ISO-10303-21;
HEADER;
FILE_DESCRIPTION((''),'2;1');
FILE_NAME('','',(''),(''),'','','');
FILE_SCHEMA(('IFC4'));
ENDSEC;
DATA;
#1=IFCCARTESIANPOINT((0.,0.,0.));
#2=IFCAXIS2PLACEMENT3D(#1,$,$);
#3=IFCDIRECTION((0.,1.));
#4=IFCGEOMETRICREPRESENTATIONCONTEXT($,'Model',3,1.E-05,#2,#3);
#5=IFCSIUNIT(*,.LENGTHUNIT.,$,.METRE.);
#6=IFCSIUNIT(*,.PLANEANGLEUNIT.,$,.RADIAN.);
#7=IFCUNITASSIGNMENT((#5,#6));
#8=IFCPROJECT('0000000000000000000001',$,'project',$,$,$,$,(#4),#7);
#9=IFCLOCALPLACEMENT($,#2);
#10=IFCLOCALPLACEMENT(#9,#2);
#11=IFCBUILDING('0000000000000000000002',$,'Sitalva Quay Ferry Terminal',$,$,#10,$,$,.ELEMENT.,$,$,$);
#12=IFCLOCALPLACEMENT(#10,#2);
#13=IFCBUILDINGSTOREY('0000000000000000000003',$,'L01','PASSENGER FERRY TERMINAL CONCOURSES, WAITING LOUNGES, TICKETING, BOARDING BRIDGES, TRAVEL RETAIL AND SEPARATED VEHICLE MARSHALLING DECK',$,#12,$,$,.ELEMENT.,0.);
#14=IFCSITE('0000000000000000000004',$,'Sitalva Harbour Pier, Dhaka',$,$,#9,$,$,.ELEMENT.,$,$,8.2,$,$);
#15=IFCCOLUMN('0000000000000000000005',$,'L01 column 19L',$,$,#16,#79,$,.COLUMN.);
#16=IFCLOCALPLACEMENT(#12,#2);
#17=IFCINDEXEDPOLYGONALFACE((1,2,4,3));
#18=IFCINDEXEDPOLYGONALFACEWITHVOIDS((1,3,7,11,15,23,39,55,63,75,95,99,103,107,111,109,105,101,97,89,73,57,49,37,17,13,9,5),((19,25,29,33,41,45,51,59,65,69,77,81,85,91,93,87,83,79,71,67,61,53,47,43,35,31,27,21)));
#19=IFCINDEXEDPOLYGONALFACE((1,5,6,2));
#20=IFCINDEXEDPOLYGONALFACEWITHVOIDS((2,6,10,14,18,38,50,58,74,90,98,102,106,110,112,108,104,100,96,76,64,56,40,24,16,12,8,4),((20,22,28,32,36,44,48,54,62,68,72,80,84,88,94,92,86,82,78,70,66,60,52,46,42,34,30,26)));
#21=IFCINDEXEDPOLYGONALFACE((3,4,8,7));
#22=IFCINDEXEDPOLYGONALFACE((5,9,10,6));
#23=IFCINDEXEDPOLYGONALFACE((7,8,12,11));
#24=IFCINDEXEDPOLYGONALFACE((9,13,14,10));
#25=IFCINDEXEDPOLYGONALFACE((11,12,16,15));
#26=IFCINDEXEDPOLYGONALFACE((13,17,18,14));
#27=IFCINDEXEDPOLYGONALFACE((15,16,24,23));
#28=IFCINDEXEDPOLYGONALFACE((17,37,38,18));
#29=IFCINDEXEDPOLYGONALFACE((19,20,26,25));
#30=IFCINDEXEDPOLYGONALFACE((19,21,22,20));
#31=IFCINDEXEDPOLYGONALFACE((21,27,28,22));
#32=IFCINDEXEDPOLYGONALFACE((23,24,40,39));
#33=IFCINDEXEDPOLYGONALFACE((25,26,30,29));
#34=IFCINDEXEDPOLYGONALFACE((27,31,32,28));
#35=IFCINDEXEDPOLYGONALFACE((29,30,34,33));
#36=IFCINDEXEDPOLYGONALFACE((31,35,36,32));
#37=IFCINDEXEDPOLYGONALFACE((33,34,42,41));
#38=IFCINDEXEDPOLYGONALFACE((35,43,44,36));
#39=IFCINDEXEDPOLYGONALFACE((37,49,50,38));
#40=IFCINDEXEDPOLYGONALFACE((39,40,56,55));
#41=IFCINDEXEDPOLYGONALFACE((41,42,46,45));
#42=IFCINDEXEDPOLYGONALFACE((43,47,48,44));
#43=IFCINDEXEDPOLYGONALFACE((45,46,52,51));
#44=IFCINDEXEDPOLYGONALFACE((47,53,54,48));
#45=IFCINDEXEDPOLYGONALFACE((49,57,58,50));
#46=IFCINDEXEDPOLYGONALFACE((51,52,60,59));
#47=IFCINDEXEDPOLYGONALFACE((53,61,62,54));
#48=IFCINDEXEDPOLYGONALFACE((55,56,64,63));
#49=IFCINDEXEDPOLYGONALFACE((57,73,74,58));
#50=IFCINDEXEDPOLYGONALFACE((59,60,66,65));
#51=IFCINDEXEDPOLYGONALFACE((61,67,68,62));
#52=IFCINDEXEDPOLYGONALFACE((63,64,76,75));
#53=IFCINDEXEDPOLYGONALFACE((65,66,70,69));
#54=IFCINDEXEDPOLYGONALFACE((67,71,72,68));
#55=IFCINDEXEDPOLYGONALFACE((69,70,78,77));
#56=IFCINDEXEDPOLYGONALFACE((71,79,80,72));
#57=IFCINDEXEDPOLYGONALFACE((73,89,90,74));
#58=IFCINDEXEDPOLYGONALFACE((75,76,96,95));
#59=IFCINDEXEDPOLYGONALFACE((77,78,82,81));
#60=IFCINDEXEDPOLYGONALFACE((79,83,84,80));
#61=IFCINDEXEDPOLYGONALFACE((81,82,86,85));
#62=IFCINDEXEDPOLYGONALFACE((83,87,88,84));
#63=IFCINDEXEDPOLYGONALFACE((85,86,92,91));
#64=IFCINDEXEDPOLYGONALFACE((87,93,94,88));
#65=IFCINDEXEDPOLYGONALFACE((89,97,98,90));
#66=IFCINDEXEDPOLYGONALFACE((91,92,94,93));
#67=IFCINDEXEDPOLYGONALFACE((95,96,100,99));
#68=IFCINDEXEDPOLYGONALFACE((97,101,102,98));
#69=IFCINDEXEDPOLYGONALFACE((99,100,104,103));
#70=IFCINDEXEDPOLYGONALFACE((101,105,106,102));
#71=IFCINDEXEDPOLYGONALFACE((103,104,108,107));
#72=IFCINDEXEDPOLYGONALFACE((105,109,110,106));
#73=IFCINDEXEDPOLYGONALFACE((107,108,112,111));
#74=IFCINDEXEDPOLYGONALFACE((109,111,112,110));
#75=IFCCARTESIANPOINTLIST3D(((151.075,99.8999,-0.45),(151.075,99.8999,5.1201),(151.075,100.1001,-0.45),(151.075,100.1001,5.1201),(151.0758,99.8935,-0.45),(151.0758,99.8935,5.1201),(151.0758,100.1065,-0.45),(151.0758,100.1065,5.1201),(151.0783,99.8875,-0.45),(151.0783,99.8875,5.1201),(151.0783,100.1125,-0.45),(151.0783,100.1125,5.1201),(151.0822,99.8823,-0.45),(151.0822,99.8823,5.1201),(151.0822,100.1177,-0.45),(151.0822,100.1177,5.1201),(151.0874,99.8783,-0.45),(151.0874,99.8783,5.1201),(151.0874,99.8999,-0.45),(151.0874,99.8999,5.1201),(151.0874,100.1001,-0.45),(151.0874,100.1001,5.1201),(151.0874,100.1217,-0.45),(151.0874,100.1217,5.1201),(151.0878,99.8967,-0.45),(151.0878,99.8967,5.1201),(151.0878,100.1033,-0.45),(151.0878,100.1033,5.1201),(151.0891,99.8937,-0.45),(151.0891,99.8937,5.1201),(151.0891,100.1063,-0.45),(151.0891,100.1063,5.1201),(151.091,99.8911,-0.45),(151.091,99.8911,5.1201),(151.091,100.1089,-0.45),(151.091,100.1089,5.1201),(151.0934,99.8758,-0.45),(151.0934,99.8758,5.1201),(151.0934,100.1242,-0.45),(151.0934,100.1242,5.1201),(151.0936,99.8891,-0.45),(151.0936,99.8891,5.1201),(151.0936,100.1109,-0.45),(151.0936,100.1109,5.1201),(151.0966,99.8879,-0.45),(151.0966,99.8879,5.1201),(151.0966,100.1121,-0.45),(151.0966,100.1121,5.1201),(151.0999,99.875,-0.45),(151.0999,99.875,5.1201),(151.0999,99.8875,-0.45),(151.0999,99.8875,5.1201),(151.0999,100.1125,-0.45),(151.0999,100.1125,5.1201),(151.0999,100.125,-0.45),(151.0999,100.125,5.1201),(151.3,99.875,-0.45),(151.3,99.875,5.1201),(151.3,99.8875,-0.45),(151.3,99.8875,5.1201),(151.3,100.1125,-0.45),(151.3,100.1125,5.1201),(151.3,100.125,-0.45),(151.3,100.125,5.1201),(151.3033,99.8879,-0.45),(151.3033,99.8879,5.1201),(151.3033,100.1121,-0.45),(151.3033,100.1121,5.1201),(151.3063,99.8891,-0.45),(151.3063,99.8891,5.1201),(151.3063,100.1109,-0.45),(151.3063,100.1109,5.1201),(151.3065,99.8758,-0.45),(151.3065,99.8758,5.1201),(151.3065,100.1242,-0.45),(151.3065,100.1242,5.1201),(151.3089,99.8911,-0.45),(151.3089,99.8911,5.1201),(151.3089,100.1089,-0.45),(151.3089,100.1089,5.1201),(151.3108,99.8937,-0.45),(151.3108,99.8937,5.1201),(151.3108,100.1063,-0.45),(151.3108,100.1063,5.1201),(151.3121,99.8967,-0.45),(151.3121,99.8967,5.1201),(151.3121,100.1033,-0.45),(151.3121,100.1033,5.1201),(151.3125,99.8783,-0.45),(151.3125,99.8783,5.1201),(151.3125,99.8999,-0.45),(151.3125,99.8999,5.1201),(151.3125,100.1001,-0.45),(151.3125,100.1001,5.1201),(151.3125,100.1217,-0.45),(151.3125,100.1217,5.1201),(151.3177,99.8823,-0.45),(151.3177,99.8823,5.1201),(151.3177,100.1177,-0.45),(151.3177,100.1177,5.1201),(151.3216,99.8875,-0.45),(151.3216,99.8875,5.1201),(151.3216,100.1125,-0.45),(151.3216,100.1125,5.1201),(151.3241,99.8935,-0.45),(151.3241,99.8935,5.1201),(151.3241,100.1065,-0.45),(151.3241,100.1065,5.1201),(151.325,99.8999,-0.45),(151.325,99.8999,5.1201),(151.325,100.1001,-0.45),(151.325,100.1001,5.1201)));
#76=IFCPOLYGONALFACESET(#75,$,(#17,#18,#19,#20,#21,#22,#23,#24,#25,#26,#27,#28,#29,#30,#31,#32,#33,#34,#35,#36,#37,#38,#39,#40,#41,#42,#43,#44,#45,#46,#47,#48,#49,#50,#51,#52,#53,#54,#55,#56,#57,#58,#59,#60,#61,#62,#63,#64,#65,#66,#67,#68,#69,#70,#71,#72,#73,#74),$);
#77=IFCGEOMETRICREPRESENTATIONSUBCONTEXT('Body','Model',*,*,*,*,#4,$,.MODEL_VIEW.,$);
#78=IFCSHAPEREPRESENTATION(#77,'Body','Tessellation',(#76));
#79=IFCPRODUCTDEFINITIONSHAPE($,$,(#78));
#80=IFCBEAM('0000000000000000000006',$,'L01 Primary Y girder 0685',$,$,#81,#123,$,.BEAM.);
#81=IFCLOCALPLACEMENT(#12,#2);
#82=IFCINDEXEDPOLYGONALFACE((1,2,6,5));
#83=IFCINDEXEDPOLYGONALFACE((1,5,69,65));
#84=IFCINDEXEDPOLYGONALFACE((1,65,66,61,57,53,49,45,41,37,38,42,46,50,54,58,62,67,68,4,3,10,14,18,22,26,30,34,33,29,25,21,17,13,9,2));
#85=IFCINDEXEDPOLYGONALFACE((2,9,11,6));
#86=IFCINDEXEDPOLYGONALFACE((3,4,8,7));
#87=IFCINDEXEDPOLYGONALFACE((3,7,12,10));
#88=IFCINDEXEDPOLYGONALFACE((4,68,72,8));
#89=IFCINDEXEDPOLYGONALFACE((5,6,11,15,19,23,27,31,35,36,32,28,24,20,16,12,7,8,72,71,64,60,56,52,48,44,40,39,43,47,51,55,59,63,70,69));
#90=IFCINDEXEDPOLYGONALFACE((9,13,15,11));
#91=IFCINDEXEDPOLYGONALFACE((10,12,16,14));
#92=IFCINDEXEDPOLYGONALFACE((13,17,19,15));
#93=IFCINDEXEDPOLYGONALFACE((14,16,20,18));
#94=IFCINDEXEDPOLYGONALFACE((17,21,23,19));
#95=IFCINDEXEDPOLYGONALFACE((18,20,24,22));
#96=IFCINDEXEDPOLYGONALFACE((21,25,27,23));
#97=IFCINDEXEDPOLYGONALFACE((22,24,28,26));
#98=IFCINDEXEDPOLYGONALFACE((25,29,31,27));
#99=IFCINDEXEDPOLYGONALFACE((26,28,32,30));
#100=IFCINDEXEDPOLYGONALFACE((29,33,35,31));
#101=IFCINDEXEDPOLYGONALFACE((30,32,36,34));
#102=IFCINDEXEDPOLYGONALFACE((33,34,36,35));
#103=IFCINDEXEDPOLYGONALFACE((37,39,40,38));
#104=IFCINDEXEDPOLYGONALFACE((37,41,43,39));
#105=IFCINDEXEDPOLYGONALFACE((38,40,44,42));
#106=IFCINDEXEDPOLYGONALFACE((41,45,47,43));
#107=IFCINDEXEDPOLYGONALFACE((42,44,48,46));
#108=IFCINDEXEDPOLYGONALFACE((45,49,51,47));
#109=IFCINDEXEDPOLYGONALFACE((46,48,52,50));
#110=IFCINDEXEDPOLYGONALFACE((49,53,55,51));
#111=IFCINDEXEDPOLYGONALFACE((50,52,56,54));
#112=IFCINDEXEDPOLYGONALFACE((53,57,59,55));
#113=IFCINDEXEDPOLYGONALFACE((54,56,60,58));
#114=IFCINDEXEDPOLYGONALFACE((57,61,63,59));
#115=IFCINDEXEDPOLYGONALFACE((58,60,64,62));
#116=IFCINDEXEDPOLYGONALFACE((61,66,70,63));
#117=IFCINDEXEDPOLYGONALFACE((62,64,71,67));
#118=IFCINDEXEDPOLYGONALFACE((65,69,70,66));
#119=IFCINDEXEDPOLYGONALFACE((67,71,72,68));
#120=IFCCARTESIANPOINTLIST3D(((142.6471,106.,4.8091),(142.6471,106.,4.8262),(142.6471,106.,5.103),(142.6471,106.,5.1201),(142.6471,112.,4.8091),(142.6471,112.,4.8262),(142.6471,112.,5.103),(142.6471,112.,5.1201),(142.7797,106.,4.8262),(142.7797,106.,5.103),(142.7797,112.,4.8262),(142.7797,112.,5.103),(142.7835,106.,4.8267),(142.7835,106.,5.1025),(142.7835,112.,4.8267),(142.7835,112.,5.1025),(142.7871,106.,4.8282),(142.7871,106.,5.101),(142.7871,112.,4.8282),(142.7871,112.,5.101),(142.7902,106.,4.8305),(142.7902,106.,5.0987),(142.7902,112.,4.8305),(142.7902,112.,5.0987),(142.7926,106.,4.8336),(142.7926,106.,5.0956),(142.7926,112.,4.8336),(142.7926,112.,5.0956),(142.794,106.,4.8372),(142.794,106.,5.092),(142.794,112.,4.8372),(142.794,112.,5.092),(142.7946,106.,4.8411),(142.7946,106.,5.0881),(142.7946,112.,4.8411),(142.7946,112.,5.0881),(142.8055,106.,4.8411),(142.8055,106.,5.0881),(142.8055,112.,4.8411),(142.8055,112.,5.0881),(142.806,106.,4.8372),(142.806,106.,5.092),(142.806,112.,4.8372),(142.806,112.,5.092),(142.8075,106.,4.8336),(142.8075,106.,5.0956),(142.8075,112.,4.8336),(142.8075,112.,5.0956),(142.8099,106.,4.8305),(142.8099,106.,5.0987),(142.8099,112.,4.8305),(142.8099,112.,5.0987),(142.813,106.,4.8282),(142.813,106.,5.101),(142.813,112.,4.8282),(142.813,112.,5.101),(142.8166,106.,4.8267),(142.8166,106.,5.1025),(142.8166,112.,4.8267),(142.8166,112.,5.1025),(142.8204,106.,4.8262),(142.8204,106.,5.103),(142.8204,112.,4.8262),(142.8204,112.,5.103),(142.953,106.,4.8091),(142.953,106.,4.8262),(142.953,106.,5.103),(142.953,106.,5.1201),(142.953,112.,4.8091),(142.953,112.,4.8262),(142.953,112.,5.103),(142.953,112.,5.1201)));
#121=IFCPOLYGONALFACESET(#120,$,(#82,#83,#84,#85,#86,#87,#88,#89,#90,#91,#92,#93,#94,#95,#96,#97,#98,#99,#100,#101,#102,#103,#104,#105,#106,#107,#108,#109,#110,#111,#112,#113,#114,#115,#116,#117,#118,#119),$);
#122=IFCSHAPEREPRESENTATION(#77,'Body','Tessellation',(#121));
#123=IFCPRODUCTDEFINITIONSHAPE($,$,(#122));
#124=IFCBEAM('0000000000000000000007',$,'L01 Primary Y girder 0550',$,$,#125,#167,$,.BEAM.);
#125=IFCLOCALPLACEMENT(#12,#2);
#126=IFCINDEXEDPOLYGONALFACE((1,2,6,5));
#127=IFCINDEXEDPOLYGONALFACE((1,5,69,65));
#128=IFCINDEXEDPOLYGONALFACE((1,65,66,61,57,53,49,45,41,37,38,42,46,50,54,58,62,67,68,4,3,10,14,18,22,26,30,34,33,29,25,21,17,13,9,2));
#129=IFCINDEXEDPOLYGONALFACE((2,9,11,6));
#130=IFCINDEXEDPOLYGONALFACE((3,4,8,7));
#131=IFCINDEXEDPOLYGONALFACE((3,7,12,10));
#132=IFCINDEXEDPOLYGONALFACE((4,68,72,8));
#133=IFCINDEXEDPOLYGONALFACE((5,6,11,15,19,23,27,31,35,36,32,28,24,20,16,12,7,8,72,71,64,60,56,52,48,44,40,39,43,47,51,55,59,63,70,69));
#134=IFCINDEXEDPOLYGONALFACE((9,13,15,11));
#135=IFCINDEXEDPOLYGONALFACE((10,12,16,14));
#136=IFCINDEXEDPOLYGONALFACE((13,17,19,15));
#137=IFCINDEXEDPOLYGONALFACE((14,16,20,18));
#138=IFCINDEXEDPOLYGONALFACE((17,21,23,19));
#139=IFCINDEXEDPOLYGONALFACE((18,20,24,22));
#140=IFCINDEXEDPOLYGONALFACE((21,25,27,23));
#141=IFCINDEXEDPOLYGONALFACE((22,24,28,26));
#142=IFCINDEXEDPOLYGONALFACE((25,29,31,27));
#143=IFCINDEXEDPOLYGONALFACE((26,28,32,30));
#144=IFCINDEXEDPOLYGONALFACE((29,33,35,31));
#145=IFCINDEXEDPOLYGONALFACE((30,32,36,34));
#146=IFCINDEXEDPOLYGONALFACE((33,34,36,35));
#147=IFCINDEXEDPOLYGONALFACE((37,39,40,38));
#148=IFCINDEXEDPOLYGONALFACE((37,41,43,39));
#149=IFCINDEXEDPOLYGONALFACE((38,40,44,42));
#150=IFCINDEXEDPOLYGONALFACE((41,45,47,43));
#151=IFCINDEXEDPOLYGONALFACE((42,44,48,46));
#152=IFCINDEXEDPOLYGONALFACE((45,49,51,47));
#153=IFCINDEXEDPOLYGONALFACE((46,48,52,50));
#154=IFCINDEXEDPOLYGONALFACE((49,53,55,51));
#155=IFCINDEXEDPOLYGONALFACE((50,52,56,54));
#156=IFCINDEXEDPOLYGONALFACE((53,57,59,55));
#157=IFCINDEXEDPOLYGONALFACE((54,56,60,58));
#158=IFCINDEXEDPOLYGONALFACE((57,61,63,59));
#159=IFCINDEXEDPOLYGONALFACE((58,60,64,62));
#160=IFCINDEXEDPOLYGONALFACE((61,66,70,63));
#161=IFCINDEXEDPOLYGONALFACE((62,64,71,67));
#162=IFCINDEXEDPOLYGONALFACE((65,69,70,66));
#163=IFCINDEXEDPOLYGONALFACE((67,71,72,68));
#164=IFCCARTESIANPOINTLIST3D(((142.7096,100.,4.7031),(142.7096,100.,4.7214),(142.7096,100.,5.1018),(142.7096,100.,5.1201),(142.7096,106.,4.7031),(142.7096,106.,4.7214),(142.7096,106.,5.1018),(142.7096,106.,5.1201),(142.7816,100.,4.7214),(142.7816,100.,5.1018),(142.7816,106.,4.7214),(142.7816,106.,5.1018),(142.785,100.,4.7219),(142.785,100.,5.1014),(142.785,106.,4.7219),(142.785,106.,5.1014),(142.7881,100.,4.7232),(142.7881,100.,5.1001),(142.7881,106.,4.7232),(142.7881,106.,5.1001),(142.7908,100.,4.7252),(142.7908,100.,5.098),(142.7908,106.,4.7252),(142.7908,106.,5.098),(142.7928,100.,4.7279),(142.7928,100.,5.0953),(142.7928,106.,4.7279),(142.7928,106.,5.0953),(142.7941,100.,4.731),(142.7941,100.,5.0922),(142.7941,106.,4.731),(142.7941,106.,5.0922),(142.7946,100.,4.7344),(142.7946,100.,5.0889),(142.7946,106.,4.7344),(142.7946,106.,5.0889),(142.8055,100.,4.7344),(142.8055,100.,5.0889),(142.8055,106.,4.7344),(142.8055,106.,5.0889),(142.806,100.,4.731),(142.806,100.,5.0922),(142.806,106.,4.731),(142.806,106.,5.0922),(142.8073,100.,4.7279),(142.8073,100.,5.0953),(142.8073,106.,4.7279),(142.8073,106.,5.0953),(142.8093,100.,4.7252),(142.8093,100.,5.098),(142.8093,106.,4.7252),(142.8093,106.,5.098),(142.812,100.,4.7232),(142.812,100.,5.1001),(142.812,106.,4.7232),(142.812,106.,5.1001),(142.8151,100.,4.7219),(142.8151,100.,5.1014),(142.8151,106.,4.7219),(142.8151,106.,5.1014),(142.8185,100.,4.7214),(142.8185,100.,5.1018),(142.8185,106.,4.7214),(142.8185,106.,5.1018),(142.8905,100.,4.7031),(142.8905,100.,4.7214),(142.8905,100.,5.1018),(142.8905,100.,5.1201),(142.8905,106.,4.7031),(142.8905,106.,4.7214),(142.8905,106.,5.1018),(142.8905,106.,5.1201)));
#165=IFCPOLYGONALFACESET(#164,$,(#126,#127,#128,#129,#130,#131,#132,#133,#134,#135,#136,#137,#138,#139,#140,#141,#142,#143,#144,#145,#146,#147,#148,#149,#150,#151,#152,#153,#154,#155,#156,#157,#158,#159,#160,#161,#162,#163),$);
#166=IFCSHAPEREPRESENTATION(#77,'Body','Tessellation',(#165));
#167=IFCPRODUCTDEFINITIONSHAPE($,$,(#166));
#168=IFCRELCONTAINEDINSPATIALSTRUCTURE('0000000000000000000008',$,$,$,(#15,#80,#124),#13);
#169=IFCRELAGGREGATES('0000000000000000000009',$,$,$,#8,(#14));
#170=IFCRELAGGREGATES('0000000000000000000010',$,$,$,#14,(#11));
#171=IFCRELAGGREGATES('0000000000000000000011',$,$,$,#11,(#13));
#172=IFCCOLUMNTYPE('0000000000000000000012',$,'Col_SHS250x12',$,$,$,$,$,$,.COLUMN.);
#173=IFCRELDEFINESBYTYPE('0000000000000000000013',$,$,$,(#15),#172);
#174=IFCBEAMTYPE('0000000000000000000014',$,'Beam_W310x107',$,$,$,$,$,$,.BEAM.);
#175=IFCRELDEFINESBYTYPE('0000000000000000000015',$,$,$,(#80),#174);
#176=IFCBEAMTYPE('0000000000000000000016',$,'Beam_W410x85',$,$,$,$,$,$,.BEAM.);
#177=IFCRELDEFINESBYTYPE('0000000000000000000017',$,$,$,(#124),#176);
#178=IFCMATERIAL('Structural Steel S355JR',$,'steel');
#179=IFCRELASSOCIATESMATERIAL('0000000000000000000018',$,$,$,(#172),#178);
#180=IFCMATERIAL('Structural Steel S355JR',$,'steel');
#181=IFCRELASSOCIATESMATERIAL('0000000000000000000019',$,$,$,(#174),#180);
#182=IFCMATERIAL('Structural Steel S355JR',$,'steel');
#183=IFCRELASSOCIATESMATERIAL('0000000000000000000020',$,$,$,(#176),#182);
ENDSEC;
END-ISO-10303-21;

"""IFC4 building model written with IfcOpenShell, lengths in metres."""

from ifc_helpers import new_model, si_unit, direction, frame, origin, origin_2d, place, context, subcontext, project, spatial, hollow_rectangle, i_section, extrude, material, material_profile, profile_set, type_object, element, save


model = new_model("IFC4")

# Units and contexts
model_context = context("Model", 3, precision=1e-05, world=origin(), true_north=direction((0.0, 1.0)))
body_context = subcontext(model_context, "Body", "Model", "MODEL_VIEW")
ifc_project = project(units=[si_unit("LENGTHUNIT", "METRE"), si_unit("PLANEANGLEUNIT", "RADIAN")], contexts=[model_context])

# Site, building, storey
site_placement = place(None, origin())
site = spatial("IfcSite", under=ifc_project, at=site_placement, Name="Sitalva Harbour Pier, Dhaka", CompositionType="ELEMENT", RefElevation=8.2)
building_placement = place(site_placement, origin())
building = spatial("IfcBuilding", under=site, at=building_placement, Name="Sitalva Quay Ferry Terminal", CompositionType="ELEMENT")
storey_placement = place(building_placement, origin())
storey = spatial("IfcBuildingStorey", under=building, at=storey_placement, Name="L01", Description="PASSENGER FERRY TERMINAL CONCOURSES, WAITING LOUNGES, TICKETING, BOARDING BRIDGES, TRAVEL RETAIL AND SEPARATED VEHICLE MARSHALLING DECK", CompositionType="ELEMENT", Elevation=0.0)

# Column
ifc_material_1 = material(Name="Structural Steel S355JR", Category="steel")
ifc_material_profile_1 = material_profile(ifc_material_1, hollow_rectangle(XDim=0.25, YDim=0.25, WallThickness=0.0125, InnerFilletRadius=0.0125, OuterFilletRadius=0.0249, at=origin_2d()), Name="SHS250x250x12.5")
ifc_profile_set_1 = profile_set([ifc_material_profile_1], Name="Structural Steel S355JR")
column_type_1 = type_object("IfcColumnType", Name="Col_SHS250x12", PredefinedType="COLUMN", material=ifc_profile_set_1)
for number, where, z_axis, x_axis, name in (
    (1, (151.2, 100.0, -0.45), (0.0, 0.0, 1.0), (1.0, 0.0, 0.0), "L01 column 19L"),
):
    element("IfcColumn", number, at=place(storey_placement, frame(where, z_axis=z_axis, x_axis=x_axis)), inside=storey, type_object=column_type_1, Name=name, PredefinedType="COLUMN", context=body_context, shape_type="SweptSolid", body=[
        extrude(hollow_rectangle(XDim=0.25, YDim=0.25, WallThickness=0.0125, InnerFilletRadius=0.0125, OuterFilletRadius=0.0249, at=origin_2d()), origin(), (0.0, 0.0, 1.0), 5.5701),
    ])

# Beams
ifc_material_2 = material(Name="Structural Steel S355JR", Category="steel")
ifc_material_profile_2 = material_profile(ifc_material_2, i_section(OverallWidth=0.3059, OverallDepth=0.311, WebThickness=0.011, FlangeThickness=0.0171, FilletRadius=0.0149, at=origin_2d()), Name="W310x107")
ifc_profile_set_2 = profile_set([ifc_material_profile_2], Name="Structural Steel S355JR")
beam_type_1 = type_object("IfcBeamType", Name="Beam_W310x107", PredefinedType="BEAM", material=ifc_profile_set_2)
beam_1_placement = place(storey_placement, frame((142.8, 106.0, 4.9646), z_axis=(0.0, 1.0, 0.0), x_axis=(-1.0, 0.0, 0.0)))
element("IfcBeam", 2, at=beam_1_placement, inside=storey, type_object=beam_type_1, Name="L01 Primary Y girder 0685", PredefinedType="BEAM", context=body_context, shape_type="SweptSolid", body=[
    extrude(i_section(OverallWidth=0.3059, OverallDepth=0.311, WebThickness=0.011, FlangeThickness=0.0171, FilletRadius=0.0149, at=origin_2d()), origin(), (0.0, 0.0, 1.0), 6.0),
])
ifc_material_3 = material(Name="Structural Steel S355JR", Category="steel")
ifc_material_profile_3 = material_profile(ifc_material_3, i_section(OverallWidth=0.1809, OverallDepth=0.417, WebThickness=0.011, FlangeThickness=0.0183, FilletRadius=0.0129, at=origin_2d()), Name="W410x85")
ifc_profile_set_3 = profile_set([ifc_material_profile_3], Name="Structural Steel S355JR")
beam_type_2 = type_object("IfcBeamType", Name="Beam_W410x85", PredefinedType="BEAM", material=ifc_profile_set_3)
for number, where, z_axis, x_axis, name in (
    (3, (142.8, 100.0, 4.9116), (0.0, 1.0, 0.0), (-1.0, 0.0, 0.0), "L01 Primary Y girder 0550"),
):
    element("IfcBeam", number, at=place(storey_placement, frame(where, z_axis=z_axis, x_axis=x_axis)), inside=storey, type_object=beam_type_2, Name=name, PredefinedType="BEAM", context=body_context, shape_type="SweptSolid", body=[
        extrude(i_section(OverallWidth=0.1809, OverallDepth=0.417, WebThickness=0.011, FlangeThickness=0.0183, FilletRadius=0.0129, at=origin_2d()), origin(), (0.0, 0.0, 1.0), 6.0),
    ])

save(model, "model.ifc")
